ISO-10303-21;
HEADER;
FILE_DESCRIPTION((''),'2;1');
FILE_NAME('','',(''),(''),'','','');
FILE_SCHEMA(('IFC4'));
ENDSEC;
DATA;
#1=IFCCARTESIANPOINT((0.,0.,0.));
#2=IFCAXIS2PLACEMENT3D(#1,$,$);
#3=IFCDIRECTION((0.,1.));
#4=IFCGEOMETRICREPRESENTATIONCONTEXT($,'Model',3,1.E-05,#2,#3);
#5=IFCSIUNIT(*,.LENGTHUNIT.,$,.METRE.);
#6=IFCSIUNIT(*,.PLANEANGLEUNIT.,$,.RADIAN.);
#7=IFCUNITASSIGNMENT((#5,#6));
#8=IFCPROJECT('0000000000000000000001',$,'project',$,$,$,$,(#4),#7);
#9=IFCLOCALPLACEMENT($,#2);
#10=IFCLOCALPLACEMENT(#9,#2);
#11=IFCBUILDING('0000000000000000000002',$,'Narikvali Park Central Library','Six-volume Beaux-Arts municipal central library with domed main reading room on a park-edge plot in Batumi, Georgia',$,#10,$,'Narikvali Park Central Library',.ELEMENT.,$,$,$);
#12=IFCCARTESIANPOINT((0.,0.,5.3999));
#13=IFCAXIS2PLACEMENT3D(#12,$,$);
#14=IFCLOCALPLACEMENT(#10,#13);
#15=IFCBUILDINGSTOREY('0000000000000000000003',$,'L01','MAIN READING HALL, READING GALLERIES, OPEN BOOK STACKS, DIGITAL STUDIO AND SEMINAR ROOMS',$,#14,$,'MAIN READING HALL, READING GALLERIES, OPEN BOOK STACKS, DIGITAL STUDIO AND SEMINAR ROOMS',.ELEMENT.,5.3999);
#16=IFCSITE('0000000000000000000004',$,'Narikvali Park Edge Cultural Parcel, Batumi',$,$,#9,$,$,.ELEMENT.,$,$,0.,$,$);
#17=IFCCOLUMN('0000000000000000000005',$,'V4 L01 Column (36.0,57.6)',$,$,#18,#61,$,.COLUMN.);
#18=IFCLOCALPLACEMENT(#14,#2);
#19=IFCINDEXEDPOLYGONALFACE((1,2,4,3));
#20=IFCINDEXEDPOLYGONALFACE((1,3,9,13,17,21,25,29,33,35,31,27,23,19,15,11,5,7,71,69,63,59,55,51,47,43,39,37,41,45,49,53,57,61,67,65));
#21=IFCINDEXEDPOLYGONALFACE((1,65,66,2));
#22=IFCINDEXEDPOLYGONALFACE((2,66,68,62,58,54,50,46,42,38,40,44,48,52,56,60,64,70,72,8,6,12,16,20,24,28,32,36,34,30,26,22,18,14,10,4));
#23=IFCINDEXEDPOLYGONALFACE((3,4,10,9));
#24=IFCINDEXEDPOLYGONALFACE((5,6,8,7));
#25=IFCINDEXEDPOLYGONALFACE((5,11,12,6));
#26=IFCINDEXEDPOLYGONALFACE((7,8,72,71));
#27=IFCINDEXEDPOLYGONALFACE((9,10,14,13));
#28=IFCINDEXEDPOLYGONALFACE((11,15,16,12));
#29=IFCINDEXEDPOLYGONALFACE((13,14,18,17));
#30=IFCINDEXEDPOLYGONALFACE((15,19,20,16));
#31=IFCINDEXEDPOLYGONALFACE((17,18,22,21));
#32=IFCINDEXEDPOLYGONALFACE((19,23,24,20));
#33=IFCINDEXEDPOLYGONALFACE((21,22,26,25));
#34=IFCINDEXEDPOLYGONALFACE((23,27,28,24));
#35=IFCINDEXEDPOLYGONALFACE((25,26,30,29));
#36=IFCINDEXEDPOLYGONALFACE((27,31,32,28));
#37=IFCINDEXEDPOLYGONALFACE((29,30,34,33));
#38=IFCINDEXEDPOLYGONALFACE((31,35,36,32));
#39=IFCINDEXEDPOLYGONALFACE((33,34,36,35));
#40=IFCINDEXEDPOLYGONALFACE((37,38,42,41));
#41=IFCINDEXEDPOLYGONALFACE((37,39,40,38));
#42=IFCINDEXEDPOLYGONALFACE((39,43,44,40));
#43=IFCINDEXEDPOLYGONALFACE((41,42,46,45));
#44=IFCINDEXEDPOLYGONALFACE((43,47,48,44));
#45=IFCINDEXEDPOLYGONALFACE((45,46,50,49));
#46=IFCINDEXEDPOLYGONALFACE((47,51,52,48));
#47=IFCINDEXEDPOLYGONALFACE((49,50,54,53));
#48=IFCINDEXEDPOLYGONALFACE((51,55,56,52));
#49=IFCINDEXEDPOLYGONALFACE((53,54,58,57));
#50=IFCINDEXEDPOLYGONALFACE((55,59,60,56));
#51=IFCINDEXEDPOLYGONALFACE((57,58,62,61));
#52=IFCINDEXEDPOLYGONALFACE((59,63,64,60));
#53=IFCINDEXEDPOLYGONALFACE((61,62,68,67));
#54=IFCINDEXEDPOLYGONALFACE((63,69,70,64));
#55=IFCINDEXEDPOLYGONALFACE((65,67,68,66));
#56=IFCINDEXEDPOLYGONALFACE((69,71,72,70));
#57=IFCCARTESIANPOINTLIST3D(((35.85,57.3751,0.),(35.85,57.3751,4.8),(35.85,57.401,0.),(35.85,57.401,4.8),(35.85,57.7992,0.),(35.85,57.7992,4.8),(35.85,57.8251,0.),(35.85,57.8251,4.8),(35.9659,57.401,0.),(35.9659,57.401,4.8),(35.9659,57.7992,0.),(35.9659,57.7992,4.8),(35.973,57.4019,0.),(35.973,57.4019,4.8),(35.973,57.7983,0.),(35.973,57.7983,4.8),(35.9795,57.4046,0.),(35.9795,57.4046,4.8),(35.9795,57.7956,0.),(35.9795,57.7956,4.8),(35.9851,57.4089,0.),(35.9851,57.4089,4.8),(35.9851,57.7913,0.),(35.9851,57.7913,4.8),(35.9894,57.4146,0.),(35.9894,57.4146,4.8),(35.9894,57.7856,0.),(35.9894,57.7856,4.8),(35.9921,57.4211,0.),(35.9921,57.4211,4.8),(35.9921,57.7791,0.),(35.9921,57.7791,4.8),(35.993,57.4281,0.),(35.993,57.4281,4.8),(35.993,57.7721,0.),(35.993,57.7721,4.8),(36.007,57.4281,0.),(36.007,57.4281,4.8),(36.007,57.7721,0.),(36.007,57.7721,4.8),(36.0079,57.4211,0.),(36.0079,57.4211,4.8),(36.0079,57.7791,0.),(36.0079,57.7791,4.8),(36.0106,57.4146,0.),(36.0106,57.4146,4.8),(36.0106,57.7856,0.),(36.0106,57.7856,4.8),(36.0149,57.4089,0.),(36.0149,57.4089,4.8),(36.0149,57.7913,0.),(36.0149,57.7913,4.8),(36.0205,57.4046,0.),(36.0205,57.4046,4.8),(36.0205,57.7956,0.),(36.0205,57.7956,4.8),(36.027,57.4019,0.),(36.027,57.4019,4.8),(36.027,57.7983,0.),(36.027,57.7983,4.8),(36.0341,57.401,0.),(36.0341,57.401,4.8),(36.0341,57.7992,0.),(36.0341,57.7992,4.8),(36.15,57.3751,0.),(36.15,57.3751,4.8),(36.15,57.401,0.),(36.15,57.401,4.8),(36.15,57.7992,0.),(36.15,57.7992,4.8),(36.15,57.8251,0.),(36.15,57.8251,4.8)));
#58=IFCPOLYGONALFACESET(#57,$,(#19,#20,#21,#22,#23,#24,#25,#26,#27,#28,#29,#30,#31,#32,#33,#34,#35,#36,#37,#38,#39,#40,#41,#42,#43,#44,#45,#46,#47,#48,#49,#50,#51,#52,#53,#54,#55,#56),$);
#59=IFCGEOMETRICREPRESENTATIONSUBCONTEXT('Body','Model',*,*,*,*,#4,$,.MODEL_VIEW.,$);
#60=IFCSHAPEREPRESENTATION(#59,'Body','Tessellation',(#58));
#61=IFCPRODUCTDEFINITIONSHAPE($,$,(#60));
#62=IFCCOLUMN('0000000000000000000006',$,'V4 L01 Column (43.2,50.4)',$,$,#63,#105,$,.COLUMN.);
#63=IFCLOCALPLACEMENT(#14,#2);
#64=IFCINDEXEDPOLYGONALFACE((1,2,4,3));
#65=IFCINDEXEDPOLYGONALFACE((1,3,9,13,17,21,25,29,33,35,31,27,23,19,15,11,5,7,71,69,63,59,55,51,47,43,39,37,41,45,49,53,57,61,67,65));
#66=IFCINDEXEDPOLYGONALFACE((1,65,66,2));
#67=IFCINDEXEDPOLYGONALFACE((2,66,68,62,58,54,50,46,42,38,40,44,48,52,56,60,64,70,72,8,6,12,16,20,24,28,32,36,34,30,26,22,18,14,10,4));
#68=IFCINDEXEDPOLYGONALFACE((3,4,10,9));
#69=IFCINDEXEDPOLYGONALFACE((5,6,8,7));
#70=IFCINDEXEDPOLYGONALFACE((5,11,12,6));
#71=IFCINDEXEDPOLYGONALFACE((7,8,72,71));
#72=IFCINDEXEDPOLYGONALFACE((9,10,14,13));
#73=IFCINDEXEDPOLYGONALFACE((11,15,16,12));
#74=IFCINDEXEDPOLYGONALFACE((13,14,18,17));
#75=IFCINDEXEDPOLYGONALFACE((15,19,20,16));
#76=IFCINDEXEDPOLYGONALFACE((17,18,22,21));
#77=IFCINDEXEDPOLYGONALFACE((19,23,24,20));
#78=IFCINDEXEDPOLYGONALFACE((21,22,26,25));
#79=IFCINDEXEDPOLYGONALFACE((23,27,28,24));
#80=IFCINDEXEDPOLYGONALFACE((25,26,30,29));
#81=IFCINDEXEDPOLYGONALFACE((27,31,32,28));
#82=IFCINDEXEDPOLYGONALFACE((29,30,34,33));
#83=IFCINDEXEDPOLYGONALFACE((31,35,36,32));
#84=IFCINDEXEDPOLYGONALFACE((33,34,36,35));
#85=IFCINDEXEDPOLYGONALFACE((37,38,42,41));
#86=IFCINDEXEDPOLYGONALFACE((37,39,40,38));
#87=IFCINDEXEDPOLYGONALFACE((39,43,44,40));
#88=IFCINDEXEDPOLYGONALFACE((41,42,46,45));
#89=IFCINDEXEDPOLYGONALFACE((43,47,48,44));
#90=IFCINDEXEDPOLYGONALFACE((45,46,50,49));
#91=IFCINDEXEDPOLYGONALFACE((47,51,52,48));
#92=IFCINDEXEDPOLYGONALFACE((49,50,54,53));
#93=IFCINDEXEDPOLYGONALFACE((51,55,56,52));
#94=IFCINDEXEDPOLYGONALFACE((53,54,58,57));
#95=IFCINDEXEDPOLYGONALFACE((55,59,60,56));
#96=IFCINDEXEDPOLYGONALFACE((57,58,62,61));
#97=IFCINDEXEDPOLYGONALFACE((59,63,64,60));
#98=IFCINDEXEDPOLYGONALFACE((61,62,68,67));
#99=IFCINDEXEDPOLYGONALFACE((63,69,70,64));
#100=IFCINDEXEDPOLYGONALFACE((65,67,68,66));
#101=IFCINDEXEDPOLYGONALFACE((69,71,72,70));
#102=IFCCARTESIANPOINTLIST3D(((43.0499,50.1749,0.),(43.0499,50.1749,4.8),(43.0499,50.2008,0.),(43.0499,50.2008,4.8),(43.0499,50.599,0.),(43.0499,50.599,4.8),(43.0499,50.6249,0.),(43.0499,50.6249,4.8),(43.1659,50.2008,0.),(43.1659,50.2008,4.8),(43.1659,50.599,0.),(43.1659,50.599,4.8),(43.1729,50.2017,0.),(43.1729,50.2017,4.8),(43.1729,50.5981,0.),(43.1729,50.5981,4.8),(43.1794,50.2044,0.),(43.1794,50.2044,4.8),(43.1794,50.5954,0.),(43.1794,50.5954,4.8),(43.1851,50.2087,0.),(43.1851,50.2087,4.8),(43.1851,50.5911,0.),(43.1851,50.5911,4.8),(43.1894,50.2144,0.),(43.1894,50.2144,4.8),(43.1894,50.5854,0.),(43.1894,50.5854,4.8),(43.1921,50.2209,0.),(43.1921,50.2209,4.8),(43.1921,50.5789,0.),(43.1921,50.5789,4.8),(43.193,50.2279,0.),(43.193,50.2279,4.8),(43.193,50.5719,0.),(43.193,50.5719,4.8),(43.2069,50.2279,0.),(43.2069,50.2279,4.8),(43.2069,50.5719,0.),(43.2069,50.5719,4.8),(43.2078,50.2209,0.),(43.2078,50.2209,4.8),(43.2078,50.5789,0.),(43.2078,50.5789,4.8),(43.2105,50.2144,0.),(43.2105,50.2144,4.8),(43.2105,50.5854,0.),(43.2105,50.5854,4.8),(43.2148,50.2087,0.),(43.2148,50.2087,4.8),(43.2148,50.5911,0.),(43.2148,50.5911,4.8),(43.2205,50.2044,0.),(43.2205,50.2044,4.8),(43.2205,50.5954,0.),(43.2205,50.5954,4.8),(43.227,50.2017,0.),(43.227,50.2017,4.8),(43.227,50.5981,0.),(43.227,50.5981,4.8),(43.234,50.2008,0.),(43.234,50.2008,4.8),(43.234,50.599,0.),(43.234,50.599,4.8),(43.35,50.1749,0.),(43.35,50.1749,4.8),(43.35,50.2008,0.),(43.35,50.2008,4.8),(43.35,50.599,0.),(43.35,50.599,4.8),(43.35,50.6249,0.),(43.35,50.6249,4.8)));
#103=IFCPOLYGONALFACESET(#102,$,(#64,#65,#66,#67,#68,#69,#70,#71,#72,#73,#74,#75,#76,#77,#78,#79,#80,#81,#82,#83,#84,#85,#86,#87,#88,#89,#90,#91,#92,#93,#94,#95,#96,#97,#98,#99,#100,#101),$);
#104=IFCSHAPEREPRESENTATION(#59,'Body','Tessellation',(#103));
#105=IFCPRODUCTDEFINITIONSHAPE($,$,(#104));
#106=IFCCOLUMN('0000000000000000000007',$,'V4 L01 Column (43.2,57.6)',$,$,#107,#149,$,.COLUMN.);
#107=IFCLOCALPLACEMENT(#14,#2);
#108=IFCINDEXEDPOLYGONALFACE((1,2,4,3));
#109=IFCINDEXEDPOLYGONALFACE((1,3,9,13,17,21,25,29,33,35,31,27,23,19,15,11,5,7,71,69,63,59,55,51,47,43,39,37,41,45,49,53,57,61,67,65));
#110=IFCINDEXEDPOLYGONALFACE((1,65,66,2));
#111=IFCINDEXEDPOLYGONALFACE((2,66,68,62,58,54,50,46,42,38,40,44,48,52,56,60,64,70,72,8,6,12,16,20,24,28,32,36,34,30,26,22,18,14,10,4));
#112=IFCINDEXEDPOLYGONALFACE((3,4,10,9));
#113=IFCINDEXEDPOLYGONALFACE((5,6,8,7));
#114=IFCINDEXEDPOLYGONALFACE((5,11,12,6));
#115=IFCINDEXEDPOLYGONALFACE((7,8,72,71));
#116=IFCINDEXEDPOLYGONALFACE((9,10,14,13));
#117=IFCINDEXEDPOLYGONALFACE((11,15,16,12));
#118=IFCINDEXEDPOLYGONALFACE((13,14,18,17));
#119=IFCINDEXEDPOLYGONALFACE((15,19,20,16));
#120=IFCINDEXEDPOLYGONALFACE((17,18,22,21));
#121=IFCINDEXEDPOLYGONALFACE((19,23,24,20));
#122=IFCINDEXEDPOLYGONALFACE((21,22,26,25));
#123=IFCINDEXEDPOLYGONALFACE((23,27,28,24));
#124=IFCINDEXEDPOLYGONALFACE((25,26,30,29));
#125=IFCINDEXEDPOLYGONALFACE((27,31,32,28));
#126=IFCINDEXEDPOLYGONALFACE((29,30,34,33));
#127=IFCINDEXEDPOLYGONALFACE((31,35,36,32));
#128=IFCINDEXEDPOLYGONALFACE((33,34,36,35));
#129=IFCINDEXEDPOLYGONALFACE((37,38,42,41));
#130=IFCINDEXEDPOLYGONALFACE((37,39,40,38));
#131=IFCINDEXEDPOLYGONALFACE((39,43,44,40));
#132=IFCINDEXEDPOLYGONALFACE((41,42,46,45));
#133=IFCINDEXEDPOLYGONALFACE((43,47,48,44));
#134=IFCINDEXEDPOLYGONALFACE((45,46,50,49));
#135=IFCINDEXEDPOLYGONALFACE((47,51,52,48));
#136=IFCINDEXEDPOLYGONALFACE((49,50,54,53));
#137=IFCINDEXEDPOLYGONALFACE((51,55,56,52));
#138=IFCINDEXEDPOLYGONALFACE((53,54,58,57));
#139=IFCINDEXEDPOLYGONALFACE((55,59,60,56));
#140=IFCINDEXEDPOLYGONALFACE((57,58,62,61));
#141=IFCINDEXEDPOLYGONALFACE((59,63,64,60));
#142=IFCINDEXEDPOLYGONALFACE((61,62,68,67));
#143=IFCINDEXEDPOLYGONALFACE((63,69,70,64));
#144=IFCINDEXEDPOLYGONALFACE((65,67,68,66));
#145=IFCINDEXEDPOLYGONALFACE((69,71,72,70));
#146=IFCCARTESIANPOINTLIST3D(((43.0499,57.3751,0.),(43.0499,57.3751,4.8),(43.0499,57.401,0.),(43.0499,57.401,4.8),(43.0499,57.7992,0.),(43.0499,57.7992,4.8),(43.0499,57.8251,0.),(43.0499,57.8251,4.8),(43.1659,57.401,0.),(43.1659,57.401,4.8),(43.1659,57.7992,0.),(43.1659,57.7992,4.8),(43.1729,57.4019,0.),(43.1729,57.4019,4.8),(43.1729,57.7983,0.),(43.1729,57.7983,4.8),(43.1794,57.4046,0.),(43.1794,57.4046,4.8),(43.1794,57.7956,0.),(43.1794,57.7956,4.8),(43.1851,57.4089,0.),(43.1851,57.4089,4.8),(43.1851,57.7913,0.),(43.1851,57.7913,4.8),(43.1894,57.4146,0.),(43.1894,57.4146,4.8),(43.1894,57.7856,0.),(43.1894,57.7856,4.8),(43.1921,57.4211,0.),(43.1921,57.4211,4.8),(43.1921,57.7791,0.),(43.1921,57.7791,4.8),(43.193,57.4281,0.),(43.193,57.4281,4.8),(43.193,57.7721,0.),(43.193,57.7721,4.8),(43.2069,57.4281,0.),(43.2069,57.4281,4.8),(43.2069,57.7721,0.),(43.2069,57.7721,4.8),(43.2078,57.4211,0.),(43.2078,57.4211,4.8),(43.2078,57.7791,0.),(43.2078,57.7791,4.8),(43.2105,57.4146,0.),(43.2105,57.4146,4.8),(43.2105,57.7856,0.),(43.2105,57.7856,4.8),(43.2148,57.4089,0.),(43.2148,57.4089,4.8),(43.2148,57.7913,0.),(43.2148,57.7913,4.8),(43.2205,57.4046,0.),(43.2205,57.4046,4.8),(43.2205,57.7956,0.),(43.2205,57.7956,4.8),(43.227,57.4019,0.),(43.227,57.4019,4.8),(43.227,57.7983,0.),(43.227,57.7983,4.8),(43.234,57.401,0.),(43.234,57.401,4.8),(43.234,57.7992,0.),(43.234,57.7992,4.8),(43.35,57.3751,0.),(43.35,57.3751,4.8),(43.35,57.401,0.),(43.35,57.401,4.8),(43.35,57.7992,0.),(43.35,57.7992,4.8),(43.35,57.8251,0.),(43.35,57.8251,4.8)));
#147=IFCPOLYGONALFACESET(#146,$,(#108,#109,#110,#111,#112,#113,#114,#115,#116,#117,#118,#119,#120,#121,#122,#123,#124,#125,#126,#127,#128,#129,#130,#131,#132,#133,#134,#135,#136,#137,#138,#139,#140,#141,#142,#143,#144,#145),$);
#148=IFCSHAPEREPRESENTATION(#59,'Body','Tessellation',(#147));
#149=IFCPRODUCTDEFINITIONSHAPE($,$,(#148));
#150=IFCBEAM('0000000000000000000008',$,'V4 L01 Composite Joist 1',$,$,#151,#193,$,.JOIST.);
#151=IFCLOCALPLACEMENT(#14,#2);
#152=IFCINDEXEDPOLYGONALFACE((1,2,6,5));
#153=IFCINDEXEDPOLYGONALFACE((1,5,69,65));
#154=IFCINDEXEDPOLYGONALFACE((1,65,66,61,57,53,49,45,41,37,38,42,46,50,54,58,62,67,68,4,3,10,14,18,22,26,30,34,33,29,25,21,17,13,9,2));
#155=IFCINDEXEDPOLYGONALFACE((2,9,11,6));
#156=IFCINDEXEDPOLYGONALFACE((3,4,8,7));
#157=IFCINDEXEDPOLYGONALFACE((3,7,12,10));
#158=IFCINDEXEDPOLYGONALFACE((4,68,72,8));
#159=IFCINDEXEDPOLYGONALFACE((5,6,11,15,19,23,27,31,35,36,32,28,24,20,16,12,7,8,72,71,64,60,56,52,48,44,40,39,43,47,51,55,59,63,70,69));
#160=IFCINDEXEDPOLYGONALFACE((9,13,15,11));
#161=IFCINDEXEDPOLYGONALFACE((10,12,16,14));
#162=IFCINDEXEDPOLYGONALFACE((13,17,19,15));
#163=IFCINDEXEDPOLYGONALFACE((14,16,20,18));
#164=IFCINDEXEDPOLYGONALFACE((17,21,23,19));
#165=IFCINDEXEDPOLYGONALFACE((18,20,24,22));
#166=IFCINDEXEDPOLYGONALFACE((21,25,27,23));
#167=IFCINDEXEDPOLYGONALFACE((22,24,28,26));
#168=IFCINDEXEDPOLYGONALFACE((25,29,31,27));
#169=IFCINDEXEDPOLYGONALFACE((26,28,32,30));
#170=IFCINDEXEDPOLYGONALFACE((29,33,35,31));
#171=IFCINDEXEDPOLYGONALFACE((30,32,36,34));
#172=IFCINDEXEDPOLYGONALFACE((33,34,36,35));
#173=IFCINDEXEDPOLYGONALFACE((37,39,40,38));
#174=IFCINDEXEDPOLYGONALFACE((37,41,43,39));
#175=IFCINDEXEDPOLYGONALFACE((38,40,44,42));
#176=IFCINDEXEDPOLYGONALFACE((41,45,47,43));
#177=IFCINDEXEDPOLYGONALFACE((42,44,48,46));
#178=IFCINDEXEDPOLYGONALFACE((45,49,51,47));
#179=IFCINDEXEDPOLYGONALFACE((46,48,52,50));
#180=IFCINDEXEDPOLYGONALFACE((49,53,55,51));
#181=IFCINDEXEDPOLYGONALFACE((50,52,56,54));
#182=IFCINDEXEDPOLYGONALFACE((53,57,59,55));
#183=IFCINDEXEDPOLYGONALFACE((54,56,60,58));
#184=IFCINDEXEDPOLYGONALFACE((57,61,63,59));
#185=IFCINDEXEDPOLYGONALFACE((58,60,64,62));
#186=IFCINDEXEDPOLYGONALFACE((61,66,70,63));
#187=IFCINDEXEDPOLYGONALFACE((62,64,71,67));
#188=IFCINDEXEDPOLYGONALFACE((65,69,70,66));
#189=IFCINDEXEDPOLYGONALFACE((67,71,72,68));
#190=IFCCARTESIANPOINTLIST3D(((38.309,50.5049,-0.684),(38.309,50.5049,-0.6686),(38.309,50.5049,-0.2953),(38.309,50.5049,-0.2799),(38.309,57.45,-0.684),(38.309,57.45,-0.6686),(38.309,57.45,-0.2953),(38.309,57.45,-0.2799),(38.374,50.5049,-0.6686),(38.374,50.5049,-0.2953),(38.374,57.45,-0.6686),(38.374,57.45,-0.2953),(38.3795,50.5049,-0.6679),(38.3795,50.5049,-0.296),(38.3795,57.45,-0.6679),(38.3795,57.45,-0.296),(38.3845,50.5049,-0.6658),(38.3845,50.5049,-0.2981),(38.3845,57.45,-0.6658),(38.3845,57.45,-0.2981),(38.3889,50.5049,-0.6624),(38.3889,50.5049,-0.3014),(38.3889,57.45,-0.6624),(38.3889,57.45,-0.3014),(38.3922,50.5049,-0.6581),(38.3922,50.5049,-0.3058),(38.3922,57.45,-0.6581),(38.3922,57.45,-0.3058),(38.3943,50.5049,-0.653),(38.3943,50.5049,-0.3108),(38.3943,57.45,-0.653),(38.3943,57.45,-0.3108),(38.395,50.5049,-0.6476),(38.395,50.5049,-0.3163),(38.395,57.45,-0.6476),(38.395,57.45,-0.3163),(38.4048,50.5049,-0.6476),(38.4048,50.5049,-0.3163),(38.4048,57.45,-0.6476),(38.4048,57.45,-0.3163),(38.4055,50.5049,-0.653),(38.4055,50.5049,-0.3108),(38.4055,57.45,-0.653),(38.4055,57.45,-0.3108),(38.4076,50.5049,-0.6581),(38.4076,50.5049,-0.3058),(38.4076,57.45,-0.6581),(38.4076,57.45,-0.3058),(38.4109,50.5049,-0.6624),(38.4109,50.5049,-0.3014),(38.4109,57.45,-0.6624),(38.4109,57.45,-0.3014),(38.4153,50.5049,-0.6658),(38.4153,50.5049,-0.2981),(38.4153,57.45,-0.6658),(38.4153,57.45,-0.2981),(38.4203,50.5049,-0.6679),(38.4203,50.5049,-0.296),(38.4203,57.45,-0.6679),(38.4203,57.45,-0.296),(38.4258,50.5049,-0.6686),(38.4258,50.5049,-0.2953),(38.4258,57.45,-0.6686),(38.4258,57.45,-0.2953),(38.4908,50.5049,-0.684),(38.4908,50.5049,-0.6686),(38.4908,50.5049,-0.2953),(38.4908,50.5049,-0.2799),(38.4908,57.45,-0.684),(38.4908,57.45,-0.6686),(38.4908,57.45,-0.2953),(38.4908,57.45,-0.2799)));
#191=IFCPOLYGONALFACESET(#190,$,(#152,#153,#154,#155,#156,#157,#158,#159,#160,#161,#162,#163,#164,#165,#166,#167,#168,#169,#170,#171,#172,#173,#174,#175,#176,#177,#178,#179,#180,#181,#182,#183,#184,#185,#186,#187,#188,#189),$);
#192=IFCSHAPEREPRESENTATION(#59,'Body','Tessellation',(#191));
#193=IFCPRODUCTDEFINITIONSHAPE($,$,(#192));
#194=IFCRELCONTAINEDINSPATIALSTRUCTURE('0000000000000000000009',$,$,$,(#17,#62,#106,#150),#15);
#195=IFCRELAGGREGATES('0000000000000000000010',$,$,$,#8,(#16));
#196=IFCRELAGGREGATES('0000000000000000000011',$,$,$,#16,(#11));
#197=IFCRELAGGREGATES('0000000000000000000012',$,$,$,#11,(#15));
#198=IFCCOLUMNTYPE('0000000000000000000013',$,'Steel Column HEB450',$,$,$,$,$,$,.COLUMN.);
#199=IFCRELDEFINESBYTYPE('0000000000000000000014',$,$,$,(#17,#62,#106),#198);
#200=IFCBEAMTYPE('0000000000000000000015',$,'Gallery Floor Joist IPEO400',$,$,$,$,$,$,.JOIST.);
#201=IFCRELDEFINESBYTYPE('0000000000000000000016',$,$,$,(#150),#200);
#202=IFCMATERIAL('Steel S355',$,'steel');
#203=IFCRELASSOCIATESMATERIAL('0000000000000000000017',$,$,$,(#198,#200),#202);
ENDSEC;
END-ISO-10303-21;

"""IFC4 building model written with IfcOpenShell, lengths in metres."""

from ifc_helpers import new_model, si_unit, direction, frame, origin, origin_2d, place, context, subcontext, project, spatial, i_section, extrude, material, material_profile, profile_set, type_object, element, save


model = new_model("IFC4")

# Units and contexts
model_context = context("Model", 3, precision=1e-05, world=origin(), true_north=direction((0.0, 1.0)))
body_context = subcontext(model_context, "Body", "Model", "MODEL_VIEW")
ifc_project = project(units=[si_unit("LENGTHUNIT", "METRE"), si_unit("PLANEANGLEUNIT", "RADIAN")], contexts=[model_context])

# Site, building, storey
site_placement = place(None, origin())
site = spatial("IfcSite", under=ifc_project, at=site_placement, Name="Narikvali Park Edge Cultural Parcel, Batumi", CompositionType="ELEMENT", RefElevation=0.0)
building_placement = place(site_placement, origin())
building = spatial("IfcBuilding", under=site, at=building_placement, Name="Narikvali Park Central Library", Description="Six-volume Beaux-Arts municipal central library with domed main reading room on a park-edge plot in Batumi, Georgia", LongName="Narikvali Park Central Library", CompositionType="ELEMENT")
storey_placement = place(building_placement, frame((0.0, 0.0, 5.3999)))
storey = spatial("IfcBuildingStorey", under=building, at=storey_placement, Name="L01", Description="MAIN READING HALL, READING GALLERIES, OPEN BOOK STACKS, DIGITAL STUDIO AND SEMINAR ROOMS", LongName="MAIN READING HALL, READING GALLERIES, OPEN BOOK STACKS, DIGITAL STUDIO AND SEMINAR ROOMS", CompositionType="ELEMENT", Elevation=5.3999)

# Columns
ifc_material_1 = material(Name="Steel S355", Category="steel")
ifc_material_profile_1 = material_profile(ifc_material_1, i_section(OverallWidth=0.3, OverallDepth=0.45, WebThickness=0.0139, FlangeThickness=0.0259, FilletRadius=0.0271, at=origin_2d()), Name="HEB 450")
ifc_profile_set_1 = profile_set([ifc_material_profile_1], Name="Steel S355")
column_type = type_object("IfcColumnType", Name="Steel Column HEB450", PredefinedType="COLUMN", material=ifc_profile_set_1)
for number, where, z_axis, x_axis, name in (
    (1, (36.0, 57.6001, 0.0), (0.0, 0.0, 1.0), (1.0, 0.0, 0.0), "V4 L01 Column (36.0,57.6)"),
    (2, (43.2, 50.3999, 0.0), (0.0, 0.0, 1.0), (1.0, 0.0, 0.0), "V4 L01 Column (43.2,50.4)"),
    (3, (43.2, 57.6001, 0.0), (0.0, 0.0, 1.0), (1.0, 0.0, 0.0), "V4 L01 Column (43.2,57.6)"),
):
    element("IfcColumn", number, at=place(storey_placement, frame(where, z_axis=z_axis, x_axis=x_axis)), inside=storey, type_object=column_type, Name=name, PredefinedType="COLUMN", context=body_context, shape_type="SweptSolid", body=[
        extrude(i_section(OverallWidth=0.3, OverallDepth=0.45, WebThickness=0.0139, FlangeThickness=0.0259, FilletRadius=0.0271, at=origin_2d()), origin(), (0.0, 0.0, 1.0), 4.8),
    ])

# Beam
ifc_material_profile_2 = material_profile(ifc_material_1, i_section(OverallWidth=0.1819, OverallDepth=0.4041, WebThickness=0.0098, FlangeThickness=0.0154, FilletRadius=0.021, at=origin_2d()), Name="IPEO 400")
ifc_profile_set_2 = profile_set([ifc_material_profile_2], Name="Steel S355")
beam_type_1 = type_object("IfcBeamType", Name="Gallery Floor Joist IPEO400", PredefinedType="JOIST", material=ifc_profile_set_2)
for number, where, z_axis, x_axis, name in (
    (4, (38.3999, 50.5049, -0.4819), (0.0, 1.0, 0.0), (-1.0, 0.0, 0.0), "V4 L01 Composite Joist 1"),
):
    element("IfcBeam", number, at=place(storey_placement, frame(where, z_axis=z_axis, x_axis=x_axis)), inside=storey, type_object=beam_type_1, Name=name, PredefinedType="JOIST", context=body_context, shape_type="SweptSolid", body=[
        extrude(i_section(OverallWidth=0.1819, OverallDepth=0.4041, WebThickness=0.0098, FlangeThickness=0.0154, FilletRadius=0.021, at=origin_2d()), origin(), (0.0, 0.0, 1.0), 6.9451),
    ])

save(model, "model.ifc")
